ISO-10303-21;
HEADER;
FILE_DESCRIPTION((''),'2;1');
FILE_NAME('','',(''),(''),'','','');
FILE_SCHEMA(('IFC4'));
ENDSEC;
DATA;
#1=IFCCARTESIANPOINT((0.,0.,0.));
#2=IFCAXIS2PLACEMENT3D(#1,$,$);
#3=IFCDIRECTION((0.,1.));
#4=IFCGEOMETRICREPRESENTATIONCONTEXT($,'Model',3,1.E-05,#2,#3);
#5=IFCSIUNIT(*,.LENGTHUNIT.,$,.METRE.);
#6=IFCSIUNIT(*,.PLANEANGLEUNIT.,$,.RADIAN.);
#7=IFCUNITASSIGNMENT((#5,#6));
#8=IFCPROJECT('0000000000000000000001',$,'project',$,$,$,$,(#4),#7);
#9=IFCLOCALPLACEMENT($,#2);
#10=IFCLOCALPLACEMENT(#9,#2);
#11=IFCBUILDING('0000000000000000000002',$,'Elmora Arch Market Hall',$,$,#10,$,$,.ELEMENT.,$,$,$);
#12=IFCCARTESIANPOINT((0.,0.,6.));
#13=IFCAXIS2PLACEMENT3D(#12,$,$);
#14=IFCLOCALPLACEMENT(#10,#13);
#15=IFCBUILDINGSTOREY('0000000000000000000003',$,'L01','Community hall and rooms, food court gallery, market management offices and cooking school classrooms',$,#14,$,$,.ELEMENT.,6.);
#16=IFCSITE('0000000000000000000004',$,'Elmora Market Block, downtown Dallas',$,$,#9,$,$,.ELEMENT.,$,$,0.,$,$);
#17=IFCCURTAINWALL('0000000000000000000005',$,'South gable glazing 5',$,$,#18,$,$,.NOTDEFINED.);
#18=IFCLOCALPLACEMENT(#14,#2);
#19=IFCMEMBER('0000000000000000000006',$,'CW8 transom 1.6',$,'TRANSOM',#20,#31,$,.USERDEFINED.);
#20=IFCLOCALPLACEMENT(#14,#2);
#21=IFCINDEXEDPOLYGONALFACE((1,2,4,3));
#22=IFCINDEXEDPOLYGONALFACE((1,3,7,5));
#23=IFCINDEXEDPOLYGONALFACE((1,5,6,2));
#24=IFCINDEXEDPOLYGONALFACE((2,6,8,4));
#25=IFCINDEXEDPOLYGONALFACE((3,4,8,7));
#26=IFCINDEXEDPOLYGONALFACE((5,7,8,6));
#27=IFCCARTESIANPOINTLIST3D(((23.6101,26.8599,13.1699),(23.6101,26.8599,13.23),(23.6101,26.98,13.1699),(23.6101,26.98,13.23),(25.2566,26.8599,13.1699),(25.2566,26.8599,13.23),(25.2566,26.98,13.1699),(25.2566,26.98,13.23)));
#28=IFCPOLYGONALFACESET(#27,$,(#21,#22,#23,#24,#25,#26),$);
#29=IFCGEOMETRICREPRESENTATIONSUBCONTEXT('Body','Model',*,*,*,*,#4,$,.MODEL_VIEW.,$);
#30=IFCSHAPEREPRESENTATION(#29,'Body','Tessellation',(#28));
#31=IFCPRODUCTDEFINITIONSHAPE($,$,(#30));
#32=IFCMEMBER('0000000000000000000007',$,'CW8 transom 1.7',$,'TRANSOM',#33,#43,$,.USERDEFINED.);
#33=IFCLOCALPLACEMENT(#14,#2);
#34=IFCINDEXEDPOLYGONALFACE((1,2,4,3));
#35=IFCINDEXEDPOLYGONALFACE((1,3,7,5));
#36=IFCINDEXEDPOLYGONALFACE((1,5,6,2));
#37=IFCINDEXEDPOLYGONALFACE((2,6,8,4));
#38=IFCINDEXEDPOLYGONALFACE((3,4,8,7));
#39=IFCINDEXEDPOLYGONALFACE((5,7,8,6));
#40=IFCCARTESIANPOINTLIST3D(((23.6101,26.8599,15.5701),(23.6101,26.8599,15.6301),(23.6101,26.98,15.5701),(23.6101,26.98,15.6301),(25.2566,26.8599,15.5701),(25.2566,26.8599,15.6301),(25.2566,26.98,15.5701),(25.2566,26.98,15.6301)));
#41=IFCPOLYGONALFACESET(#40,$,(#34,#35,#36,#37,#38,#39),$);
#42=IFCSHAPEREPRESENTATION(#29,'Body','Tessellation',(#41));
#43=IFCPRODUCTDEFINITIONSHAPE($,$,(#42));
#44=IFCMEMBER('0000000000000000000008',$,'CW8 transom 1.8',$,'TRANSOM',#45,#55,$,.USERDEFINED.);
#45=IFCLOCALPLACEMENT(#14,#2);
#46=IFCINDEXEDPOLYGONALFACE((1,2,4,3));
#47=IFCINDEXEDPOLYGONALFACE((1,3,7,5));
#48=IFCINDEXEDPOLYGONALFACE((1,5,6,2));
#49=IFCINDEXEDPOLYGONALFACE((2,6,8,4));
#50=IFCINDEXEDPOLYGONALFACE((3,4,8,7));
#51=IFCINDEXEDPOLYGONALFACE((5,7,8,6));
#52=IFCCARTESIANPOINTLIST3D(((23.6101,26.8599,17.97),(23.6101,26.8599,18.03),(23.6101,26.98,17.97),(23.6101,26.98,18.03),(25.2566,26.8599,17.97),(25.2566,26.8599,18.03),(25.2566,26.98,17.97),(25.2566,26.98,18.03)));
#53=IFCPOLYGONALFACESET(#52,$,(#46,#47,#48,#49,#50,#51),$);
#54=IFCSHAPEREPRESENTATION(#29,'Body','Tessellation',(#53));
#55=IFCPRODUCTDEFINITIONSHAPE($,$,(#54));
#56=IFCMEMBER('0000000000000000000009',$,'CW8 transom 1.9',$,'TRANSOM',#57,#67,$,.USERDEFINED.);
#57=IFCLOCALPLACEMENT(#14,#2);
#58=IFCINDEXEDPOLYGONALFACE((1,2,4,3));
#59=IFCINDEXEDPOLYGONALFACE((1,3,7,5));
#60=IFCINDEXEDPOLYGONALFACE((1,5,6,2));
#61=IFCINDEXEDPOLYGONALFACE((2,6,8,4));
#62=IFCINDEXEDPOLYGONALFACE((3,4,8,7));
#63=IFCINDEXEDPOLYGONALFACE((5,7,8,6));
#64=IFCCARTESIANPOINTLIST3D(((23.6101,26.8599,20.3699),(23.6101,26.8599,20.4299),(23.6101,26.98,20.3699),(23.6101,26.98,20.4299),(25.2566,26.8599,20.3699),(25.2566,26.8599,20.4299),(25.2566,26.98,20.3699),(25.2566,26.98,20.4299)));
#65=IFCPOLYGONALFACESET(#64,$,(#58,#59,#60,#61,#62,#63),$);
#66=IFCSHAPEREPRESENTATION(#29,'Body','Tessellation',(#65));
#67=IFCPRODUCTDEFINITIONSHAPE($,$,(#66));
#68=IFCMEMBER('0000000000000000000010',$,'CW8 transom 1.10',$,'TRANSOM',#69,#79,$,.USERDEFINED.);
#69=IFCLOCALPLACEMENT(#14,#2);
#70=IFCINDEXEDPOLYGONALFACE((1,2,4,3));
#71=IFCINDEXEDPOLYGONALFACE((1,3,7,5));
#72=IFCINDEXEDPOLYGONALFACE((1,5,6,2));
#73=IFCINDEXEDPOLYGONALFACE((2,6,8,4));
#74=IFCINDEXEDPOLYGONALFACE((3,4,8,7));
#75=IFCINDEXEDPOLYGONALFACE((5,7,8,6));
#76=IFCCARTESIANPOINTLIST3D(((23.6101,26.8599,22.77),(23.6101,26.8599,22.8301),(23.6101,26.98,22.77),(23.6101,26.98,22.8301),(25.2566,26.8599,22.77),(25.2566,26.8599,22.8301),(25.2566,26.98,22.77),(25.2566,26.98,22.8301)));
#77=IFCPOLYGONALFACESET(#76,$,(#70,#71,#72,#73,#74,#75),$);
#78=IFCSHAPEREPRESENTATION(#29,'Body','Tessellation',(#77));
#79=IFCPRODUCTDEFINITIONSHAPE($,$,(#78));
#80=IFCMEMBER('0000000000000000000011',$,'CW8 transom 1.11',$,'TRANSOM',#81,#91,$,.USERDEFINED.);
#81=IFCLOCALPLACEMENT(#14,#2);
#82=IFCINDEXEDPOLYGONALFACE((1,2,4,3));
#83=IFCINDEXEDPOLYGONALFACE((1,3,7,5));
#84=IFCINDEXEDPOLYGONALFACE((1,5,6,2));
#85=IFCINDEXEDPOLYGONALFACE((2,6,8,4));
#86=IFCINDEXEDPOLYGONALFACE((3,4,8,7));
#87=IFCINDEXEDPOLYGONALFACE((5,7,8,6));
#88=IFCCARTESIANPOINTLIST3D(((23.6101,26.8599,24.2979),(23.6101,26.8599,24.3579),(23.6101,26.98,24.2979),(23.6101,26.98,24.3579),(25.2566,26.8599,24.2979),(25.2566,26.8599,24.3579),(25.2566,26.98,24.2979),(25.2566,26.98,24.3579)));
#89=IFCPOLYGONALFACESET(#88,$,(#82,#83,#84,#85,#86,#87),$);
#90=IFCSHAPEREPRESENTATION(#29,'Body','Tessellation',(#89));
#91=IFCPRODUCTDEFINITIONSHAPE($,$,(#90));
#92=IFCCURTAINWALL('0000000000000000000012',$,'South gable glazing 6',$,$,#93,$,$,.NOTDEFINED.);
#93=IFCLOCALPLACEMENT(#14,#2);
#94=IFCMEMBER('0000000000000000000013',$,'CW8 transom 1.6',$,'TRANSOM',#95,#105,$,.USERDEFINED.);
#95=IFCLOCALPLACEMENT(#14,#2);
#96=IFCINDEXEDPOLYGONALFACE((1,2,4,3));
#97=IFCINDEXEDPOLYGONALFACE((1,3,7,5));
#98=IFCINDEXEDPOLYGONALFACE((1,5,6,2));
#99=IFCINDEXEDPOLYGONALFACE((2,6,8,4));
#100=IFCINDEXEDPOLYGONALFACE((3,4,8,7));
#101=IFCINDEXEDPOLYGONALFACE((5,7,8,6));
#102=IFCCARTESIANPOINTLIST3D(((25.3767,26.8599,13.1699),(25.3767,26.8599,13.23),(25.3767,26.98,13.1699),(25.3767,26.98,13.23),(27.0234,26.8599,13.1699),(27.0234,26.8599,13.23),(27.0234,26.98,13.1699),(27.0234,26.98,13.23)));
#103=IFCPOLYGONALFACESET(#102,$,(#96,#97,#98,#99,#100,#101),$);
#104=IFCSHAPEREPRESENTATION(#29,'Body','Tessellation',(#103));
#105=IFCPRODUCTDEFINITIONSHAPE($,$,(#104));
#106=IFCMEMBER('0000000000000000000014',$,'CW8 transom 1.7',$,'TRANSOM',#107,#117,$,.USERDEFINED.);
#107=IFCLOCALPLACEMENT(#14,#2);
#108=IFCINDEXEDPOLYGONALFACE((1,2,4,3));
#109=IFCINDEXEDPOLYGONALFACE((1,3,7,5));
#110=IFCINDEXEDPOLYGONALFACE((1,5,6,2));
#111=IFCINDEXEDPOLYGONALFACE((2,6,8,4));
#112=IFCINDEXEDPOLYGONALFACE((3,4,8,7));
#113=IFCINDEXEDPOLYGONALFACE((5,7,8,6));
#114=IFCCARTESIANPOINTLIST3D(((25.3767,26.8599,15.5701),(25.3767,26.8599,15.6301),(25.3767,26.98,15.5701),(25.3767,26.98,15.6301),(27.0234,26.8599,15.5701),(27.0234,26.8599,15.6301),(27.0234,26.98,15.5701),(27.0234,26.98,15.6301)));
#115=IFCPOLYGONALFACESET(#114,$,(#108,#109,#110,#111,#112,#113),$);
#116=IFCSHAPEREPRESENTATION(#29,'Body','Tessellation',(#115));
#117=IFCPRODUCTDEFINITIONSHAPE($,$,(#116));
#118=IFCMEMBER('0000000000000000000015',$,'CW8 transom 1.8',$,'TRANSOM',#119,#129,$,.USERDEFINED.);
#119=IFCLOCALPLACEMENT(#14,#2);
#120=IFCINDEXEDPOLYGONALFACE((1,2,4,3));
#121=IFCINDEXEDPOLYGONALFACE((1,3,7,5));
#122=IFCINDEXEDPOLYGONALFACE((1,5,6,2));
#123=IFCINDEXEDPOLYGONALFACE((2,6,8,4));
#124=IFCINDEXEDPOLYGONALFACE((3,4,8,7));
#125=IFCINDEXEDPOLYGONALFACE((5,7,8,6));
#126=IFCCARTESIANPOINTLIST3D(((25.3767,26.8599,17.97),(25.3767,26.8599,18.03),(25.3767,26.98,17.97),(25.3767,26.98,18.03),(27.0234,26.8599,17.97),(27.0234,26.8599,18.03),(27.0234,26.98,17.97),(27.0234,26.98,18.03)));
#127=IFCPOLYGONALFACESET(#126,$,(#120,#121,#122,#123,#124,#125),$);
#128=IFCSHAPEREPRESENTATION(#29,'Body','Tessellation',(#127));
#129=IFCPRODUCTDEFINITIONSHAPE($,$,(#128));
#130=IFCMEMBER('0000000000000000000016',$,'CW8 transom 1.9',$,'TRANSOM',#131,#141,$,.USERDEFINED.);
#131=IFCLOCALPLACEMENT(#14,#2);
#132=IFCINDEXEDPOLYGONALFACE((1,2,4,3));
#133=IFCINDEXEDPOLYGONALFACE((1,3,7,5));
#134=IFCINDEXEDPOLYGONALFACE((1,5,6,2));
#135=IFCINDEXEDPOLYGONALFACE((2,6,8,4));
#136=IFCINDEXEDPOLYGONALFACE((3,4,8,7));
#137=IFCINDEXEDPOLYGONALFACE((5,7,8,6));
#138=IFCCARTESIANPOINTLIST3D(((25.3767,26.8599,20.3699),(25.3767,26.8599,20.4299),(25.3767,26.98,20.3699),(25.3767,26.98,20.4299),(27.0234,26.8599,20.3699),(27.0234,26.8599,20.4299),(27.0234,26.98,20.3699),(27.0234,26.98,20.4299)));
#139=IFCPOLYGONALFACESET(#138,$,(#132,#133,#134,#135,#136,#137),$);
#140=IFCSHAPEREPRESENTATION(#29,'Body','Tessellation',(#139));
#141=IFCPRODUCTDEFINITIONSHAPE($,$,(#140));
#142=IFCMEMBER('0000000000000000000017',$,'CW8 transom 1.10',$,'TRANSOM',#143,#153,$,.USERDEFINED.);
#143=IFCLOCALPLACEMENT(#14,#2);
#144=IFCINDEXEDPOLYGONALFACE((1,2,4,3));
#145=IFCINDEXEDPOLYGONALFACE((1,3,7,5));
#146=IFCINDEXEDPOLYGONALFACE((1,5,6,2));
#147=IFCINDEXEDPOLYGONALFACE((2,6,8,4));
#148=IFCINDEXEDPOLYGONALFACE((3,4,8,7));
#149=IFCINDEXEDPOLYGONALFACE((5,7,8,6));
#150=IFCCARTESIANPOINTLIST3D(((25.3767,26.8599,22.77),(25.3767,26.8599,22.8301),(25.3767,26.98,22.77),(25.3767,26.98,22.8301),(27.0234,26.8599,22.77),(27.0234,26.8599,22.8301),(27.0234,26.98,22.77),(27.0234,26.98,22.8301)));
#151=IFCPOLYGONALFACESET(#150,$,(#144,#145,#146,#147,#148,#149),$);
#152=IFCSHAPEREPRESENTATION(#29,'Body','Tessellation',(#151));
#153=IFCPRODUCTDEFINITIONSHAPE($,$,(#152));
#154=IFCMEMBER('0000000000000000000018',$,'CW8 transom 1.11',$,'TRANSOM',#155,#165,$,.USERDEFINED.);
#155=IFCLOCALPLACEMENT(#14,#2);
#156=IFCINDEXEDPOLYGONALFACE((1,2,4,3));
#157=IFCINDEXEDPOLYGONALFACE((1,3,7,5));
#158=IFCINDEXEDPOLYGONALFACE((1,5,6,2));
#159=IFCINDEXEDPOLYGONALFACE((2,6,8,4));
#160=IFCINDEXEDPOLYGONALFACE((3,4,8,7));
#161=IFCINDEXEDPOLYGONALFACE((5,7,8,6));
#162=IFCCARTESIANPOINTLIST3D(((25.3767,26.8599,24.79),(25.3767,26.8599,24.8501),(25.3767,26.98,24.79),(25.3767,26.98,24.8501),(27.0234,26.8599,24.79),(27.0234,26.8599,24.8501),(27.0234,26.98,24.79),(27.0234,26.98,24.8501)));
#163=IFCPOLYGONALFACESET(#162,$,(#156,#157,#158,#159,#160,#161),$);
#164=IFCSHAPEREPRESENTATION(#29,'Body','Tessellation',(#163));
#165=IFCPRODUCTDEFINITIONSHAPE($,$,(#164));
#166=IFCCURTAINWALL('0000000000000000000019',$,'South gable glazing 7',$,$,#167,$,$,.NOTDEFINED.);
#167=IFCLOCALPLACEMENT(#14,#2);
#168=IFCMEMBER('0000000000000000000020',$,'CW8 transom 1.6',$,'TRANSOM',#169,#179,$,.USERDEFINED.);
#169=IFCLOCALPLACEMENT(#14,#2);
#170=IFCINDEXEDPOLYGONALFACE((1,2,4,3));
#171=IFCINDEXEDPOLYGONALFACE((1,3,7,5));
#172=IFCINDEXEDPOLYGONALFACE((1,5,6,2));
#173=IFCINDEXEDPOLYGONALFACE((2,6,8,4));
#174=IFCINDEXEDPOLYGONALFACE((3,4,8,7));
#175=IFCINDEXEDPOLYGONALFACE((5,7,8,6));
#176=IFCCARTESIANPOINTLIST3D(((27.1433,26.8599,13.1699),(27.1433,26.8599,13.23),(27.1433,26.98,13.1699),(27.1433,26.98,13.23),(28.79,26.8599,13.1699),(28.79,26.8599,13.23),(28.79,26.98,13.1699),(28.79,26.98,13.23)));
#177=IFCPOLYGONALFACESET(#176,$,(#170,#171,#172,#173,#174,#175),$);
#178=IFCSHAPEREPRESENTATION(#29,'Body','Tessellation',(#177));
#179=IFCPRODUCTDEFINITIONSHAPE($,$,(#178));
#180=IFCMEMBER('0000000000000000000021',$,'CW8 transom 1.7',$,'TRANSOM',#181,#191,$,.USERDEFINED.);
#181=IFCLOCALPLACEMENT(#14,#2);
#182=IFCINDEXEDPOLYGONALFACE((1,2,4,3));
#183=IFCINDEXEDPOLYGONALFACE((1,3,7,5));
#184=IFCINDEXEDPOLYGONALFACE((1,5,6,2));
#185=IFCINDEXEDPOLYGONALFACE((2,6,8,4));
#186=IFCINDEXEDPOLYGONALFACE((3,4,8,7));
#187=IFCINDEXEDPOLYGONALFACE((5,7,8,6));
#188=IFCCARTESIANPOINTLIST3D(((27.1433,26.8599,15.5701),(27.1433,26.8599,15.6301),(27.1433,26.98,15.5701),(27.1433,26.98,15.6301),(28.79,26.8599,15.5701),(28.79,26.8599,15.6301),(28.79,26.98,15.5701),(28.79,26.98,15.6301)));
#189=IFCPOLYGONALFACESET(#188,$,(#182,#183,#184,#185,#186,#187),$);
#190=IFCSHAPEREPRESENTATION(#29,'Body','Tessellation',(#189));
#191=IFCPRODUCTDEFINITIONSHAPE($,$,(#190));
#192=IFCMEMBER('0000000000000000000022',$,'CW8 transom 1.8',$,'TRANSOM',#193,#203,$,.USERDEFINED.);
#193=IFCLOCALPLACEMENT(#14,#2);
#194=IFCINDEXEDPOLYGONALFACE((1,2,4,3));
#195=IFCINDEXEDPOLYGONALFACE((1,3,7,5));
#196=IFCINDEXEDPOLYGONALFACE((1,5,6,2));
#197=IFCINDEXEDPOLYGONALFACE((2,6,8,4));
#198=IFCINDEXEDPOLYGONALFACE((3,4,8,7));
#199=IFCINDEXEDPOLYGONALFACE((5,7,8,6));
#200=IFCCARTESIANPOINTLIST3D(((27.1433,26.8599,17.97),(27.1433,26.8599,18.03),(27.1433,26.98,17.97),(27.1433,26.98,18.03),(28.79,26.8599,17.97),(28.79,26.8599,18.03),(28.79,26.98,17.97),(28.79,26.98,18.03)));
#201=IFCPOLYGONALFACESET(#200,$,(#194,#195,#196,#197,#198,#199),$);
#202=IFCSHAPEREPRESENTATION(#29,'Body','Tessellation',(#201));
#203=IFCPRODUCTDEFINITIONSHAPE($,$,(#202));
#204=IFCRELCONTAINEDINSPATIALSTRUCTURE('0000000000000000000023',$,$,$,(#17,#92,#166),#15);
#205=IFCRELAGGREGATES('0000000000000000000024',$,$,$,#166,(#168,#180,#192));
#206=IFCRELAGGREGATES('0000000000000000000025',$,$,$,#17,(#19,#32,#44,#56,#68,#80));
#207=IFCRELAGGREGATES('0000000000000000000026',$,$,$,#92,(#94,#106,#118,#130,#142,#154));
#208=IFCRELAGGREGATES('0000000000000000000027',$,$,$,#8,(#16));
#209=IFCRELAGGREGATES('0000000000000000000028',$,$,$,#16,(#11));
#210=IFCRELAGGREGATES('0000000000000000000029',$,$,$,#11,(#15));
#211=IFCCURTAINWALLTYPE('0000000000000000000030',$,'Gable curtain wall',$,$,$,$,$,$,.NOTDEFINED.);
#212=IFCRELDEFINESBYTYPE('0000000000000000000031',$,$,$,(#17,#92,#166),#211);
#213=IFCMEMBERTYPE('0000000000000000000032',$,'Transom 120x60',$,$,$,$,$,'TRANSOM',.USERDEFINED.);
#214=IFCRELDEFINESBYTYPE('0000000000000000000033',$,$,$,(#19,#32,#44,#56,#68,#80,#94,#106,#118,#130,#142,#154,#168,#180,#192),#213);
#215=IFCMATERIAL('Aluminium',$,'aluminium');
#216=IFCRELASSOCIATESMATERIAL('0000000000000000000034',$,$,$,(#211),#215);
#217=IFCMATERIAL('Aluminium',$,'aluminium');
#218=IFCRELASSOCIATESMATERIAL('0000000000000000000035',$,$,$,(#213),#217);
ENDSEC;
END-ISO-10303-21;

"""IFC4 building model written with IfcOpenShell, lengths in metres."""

from ifc_helpers import new_model, si_unit, direction, frame, origin, origin_2d, place, context, subcontext, project, spatial, rectangle, extrude, material, material_profile, profile_set, type_object, element, aggregate, save


model = new_model("IFC4")

# Units and contexts
model_context = context("Model", 3, precision=1e-05, world=origin(), true_north=direction((0.0, 1.0)))
body_context = subcontext(model_context, "Body", "Model", "MODEL_VIEW")
ifc_project = project(units=[si_unit("LENGTHUNIT", "METRE"), si_unit("PLANEANGLEUNIT", "RADIAN")], contexts=[model_context])

# Site, building, storey
site_placement = place(None, origin())
site = spatial("IfcSite", under=ifc_project, at=site_placement, Name="Elmora Market Block, downtown Dallas", CompositionType="ELEMENT", RefElevation=0.0)
building_placement = place(site_placement, origin())
building = spatial("IfcBuilding", under=site, at=building_placement, Name="Elmora Arch Market Hall", CompositionType="ELEMENT")
storey_placement = place(building_placement, frame((0.0, 0.0, 6.0)))
storey = spatial("IfcBuildingStorey", under=building, at=storey_placement, Name="L01", Description="Community hall and rooms, food court gallery, market management offices and cooking school classrooms", CompositionType="ELEMENT", Elevation=6.0)

# Curtain walls, members
ifc_material_1 = material(Name="Aluminium", Category="aluminium")
curtain_wall_type = type_object("IfcCurtainWallType", Name="Gable curtain wall", PredefinedType="NOTDEFINED", material=ifc_material_1)
curtain_wall_1_placement = place(storey_placement, origin())
curtain_wall_1 = element("IfcCurtainWall", 1, at=curtain_wall_1_placement, inside=storey, type_object=curtain_wall_type, Name="South gable glazing 5", PredefinedType="NOTDEFINED")
ifc_material_2 = material(Name="Aluminium", Category="aluminium")
ifc_material_profile = material_profile(ifc_material_2, rectangle(XDim=0.1201, YDim=0.0601, at=origin_2d()), Name="AL 120x60")
ifc_profile_set = profile_set([ifc_material_profile], Name="Aluminium")
member_type = type_object("IfcMemberType", Name="Transom 120x60", ElementType="TRANSOM", PredefinedType="USERDEFINED", material=ifc_profile_set)
member_1_placement = place(storey_placement, frame((23.6101, 26.9199, 13.2), z_axis=(1.0, 0.0, 0.0), x_axis=(0.0, 1.0, 0.0)))
member_1 = element("IfcMember", 2, at=member_1_placement, type_object=member_type, Name="CW8 transom 1.6", ObjectType="TRANSOM", PredefinedType="USERDEFINED", context=body_context, shape_type="SweptSolid", body=[
    extrude(rectangle(XDim=0.1201, YDim=0.0601, at=origin_2d()), origin(), (0.0, 0.0, 1.0), 1.6465),
])
member_2_placement = place(storey_placement, frame((23.6101, 26.9199, 15.6001), z_axis=(1.0, 0.0, 0.0), x_axis=(0.0, 1.0, 0.0)))
member_2 = element("IfcMember", 3, at=member_2_placement, type_object=member_type, Name="CW8 transom 1.7", ObjectType="TRANSOM", PredefinedType="USERDEFINED", context=body_context, shape_type="SweptSolid", body=[
    extrude(rectangle(XDim=0.1201, YDim=0.0601, at=origin_2d()), origin(), (0.0, 0.0, 1.0), 1.6465),
])
member_3_placement = place(storey_placement, frame((23.6101, 26.9199, 18.0), z_axis=(1.0, 0.0, 0.0), x_axis=(0.0, 1.0, 0.0)))
member_3 = element("IfcMember", 4, at=member_3_placement, type_object=member_type, Name="CW8 transom 1.8", ObjectType="TRANSOM", PredefinedType="USERDEFINED", context=body_context, shape_type="SweptSolid", body=[
    extrude(rectangle(XDim=0.1201, YDim=0.0601, at=origin_2d()), origin(), (0.0, 0.0, 1.0), 1.6465),
])
member_4_placement = place(storey_placement, frame((23.6101, 26.9199, 20.3999), z_axis=(1.0, 0.0, 0.0), x_axis=(0.0, 1.0, 0.0)))
member_4 = element("IfcMember", 5, at=member_4_placement, type_object=member_type, Name="CW8 transom 1.9", ObjectType="TRANSOM", PredefinedType="USERDEFINED", context=body_context, shape_type="SweptSolid", body=[
    extrude(rectangle(XDim=0.1201, YDim=0.0601, at=origin_2d()), origin(), (0.0, 0.0, 1.0), 1.6465),
])
member_5_placement = place(storey_placement, frame((23.6101, 26.9199, 22.8), z_axis=(1.0, 0.0, 0.0), x_axis=(0.0, 1.0, 0.0)))
member_5 = element("IfcMember", 6, at=member_5_placement, type_object=member_type, Name="CW8 transom 1.10", ObjectType="TRANSOM", PredefinedType="USERDEFINED", context=body_context, shape_type="SweptSolid", body=[
    extrude(rectangle(XDim=0.1201, YDim=0.0601, at=origin_2d()), origin(), (0.0, 0.0, 1.0), 1.6465),
])
member_6_placement = place(storey_placement, frame((23.6101, 26.9199, 24.3279), z_axis=(1.0, 0.0, 0.0), x_axis=(0.0, 1.0, 0.0)))
member_6 = element("IfcMember", 7, at=member_6_placement, type_object=member_type, Name="CW8 transom 1.11", ObjectType="TRANSOM", PredefinedType="USERDEFINED", context=body_context, shape_type="SweptSolid", body=[
    extrude(rectangle(XDim=0.1201, YDim=0.0601, at=origin_2d()), origin(), (0.0, 0.0, 1.0), 1.6465),
])
curtain_wall_2_placement = place(storey_placement, origin())
curtain_wall_2 = element("IfcCurtainWall", 8, at=curtain_wall_2_placement, inside=storey, type_object=curtain_wall_type, Name="South gable glazing 6", PredefinedType="NOTDEFINED")
member_7_placement = place(storey_placement, frame((25.3767, 26.9199, 13.2), z_axis=(1.0, 0.0, 0.0), x_axis=(0.0, 1.0, 0.0)))
member_7 = element("IfcMember", 9, at=member_7_placement, type_object=member_type, Name="CW8 transom 1.6", ObjectType="TRANSOM", PredefinedType="USERDEFINED", context=body_context, shape_type="SweptSolid", body=[
    extrude(rectangle(XDim=0.1201, YDim=0.0601, at=origin_2d()), origin(), (0.0, 0.0, 1.0), 1.6467),
])
member_8_placement = place(storey_placement, frame((25.3767, 26.9199, 15.6001), z_axis=(1.0, 0.0, 0.0), x_axis=(0.0, 1.0, 0.0)))
member_8 = element("IfcMember", 10, at=member_8_placement, type_object=member_type, Name="CW8 transom 1.7", ObjectType="TRANSOM", PredefinedType="USERDEFINED", context=body_context, shape_type="SweptSolid", body=[
    extrude(rectangle(XDim=0.1201, YDim=0.0601, at=origin_2d()), origin(), (0.0, 0.0, 1.0), 1.6467),
])
member_9_placement = place(storey_placement, frame((25.3767, 26.9199, 18.0), z_axis=(1.0, 0.0, 0.0), x_axis=(0.0, 1.0, 0.0)))
member_9 = element("IfcMember", 11, at=member_9_placement, type_object=member_type, Name="CW8 transom 1.8", ObjectType="TRANSOM", PredefinedType="USERDEFINED", context=body_context, shape_type="SweptSolid", body=[
    extrude(rectangle(XDim=0.1201, YDim=0.0601, at=origin_2d()), origin(), (0.0, 0.0, 1.0), 1.6467),
])
member_10_placement = place(storey_placement, frame((25.3767, 26.9199, 20.3999), z_axis=(1.0, 0.0, 0.0), x_axis=(0.0, 1.0, 0.0)))
member_10 = element("IfcMember", 12, at=member_10_placement, type_object=member_type, Name="CW8 transom 1.9", ObjectType="TRANSOM", PredefinedType="USERDEFINED", context=body_context, shape_type="SweptSolid", body=[
    extrude(rectangle(XDim=0.1201, YDim=0.0601, at=origin_2d()), origin(), (0.0, 0.0, 1.0), 1.6467),
])
member_11_placement = place(storey_placement, frame((25.3767, 26.9199, 22.8), z_axis=(1.0, 0.0, 0.0), x_axis=(0.0, 1.0, 0.0)))
member_11 = element("IfcMember", 13, at=member_11_placement, type_object=member_type, Name="CW8 transom 1.10", ObjectType="TRANSOM", PredefinedType="USERDEFINED", context=body_context, shape_type="SweptSolid", body=[
    extrude(rectangle(XDim=0.1201, YDim=0.0601, at=origin_2d()), origin(), (0.0, 0.0, 1.0), 1.6467),
])
member_12_placement = place(storey_placement, frame((25.3767, 26.9199, 24.8201), z_axis=(1.0, 0.0, 0.0), x_axis=(0.0, 1.0, 0.0)))
member_12 = element("IfcMember", 14, at=member_12_placement, type_object=member_type, Name="CW8 transom 1.11", ObjectType="TRANSOM", PredefinedType="USERDEFINED", context=body_context, shape_type="SweptSolid", body=[
    extrude(rectangle(XDim=0.1201, YDim=0.0601, at=origin_2d()), origin(), (0.0, 0.0, 1.0), 1.6467),
])
curtain_wall_3_placement = place(storey_placement, origin())
curtain_wall_3 = element("IfcCurtainWall", 15, at=curtain_wall_3_placement, inside=storey, type_object=curtain_wall_type, Name="South gable glazing 7", PredefinedType="NOTDEFINED")
member_13_placement = place(storey_placement, frame((27.1433, 26.9199, 13.2), z_axis=(1.0, 0.0, 0.0), x_axis=(0.0, 1.0, 0.0)))
member_13 = element("IfcMember", 16, at=member_13_placement, type_object=member_type, Name="CW8 transom 1.6", ObjectType="TRANSOM", PredefinedType="USERDEFINED", context=body_context, shape_type="SweptSolid", body=[
    extrude(rectangle(XDim=0.1201, YDim=0.0601, at=origin_2d()), origin(), (0.0, 0.0, 1.0), 1.6467),
])
member_14_placement = place(storey_placement, frame((27.1433, 26.9199, 15.6001), z_axis=(1.0, 0.0, 0.0), x_axis=(0.0, 1.0, 0.0)))
member_14 = element("IfcMember", 17, at=member_14_placement, type_object=member_type, Name="CW8 transom 1.7", ObjectType="TRANSOM", PredefinedType="USERDEFINED", context=body_context, shape_type="SweptSolid", body=[
    extrude(rectangle(XDim=0.1201, YDim=0.0601, at=origin_2d()), origin(), (0.0, 0.0, 1.0), 1.6467),
])
member_15_placement = place(storey_placement, frame((27.1433, 26.9199, 18.0), z_axis=(1.0, 0.0, 0.0), x_axis=(0.0, 1.0, 0.0)))
member_15 = element("IfcMember", 18, at=member_15_placement, type_object=member_type, Name="CW8 transom 1.8", ObjectType="TRANSOM", PredefinedType="USERDEFINED", context=body_context, shape_type="SweptSolid", body=[
    extrude(rectangle(XDim=0.1201, YDim=0.0601, at=origin_2d()), origin(), (0.0, 0.0, 1.0), 1.6467),
])
aggregate(curtain_wall_3, [member_13, member_14, member_15])

aggregate(curtain_wall_1, [member_1, member_2, member_3, member_4, member_5, member_6])
aggregate(curtain_wall_2, [member_7, member_8, member_9, member_10, member_11, member_12])

save(model, "model.ifc")
